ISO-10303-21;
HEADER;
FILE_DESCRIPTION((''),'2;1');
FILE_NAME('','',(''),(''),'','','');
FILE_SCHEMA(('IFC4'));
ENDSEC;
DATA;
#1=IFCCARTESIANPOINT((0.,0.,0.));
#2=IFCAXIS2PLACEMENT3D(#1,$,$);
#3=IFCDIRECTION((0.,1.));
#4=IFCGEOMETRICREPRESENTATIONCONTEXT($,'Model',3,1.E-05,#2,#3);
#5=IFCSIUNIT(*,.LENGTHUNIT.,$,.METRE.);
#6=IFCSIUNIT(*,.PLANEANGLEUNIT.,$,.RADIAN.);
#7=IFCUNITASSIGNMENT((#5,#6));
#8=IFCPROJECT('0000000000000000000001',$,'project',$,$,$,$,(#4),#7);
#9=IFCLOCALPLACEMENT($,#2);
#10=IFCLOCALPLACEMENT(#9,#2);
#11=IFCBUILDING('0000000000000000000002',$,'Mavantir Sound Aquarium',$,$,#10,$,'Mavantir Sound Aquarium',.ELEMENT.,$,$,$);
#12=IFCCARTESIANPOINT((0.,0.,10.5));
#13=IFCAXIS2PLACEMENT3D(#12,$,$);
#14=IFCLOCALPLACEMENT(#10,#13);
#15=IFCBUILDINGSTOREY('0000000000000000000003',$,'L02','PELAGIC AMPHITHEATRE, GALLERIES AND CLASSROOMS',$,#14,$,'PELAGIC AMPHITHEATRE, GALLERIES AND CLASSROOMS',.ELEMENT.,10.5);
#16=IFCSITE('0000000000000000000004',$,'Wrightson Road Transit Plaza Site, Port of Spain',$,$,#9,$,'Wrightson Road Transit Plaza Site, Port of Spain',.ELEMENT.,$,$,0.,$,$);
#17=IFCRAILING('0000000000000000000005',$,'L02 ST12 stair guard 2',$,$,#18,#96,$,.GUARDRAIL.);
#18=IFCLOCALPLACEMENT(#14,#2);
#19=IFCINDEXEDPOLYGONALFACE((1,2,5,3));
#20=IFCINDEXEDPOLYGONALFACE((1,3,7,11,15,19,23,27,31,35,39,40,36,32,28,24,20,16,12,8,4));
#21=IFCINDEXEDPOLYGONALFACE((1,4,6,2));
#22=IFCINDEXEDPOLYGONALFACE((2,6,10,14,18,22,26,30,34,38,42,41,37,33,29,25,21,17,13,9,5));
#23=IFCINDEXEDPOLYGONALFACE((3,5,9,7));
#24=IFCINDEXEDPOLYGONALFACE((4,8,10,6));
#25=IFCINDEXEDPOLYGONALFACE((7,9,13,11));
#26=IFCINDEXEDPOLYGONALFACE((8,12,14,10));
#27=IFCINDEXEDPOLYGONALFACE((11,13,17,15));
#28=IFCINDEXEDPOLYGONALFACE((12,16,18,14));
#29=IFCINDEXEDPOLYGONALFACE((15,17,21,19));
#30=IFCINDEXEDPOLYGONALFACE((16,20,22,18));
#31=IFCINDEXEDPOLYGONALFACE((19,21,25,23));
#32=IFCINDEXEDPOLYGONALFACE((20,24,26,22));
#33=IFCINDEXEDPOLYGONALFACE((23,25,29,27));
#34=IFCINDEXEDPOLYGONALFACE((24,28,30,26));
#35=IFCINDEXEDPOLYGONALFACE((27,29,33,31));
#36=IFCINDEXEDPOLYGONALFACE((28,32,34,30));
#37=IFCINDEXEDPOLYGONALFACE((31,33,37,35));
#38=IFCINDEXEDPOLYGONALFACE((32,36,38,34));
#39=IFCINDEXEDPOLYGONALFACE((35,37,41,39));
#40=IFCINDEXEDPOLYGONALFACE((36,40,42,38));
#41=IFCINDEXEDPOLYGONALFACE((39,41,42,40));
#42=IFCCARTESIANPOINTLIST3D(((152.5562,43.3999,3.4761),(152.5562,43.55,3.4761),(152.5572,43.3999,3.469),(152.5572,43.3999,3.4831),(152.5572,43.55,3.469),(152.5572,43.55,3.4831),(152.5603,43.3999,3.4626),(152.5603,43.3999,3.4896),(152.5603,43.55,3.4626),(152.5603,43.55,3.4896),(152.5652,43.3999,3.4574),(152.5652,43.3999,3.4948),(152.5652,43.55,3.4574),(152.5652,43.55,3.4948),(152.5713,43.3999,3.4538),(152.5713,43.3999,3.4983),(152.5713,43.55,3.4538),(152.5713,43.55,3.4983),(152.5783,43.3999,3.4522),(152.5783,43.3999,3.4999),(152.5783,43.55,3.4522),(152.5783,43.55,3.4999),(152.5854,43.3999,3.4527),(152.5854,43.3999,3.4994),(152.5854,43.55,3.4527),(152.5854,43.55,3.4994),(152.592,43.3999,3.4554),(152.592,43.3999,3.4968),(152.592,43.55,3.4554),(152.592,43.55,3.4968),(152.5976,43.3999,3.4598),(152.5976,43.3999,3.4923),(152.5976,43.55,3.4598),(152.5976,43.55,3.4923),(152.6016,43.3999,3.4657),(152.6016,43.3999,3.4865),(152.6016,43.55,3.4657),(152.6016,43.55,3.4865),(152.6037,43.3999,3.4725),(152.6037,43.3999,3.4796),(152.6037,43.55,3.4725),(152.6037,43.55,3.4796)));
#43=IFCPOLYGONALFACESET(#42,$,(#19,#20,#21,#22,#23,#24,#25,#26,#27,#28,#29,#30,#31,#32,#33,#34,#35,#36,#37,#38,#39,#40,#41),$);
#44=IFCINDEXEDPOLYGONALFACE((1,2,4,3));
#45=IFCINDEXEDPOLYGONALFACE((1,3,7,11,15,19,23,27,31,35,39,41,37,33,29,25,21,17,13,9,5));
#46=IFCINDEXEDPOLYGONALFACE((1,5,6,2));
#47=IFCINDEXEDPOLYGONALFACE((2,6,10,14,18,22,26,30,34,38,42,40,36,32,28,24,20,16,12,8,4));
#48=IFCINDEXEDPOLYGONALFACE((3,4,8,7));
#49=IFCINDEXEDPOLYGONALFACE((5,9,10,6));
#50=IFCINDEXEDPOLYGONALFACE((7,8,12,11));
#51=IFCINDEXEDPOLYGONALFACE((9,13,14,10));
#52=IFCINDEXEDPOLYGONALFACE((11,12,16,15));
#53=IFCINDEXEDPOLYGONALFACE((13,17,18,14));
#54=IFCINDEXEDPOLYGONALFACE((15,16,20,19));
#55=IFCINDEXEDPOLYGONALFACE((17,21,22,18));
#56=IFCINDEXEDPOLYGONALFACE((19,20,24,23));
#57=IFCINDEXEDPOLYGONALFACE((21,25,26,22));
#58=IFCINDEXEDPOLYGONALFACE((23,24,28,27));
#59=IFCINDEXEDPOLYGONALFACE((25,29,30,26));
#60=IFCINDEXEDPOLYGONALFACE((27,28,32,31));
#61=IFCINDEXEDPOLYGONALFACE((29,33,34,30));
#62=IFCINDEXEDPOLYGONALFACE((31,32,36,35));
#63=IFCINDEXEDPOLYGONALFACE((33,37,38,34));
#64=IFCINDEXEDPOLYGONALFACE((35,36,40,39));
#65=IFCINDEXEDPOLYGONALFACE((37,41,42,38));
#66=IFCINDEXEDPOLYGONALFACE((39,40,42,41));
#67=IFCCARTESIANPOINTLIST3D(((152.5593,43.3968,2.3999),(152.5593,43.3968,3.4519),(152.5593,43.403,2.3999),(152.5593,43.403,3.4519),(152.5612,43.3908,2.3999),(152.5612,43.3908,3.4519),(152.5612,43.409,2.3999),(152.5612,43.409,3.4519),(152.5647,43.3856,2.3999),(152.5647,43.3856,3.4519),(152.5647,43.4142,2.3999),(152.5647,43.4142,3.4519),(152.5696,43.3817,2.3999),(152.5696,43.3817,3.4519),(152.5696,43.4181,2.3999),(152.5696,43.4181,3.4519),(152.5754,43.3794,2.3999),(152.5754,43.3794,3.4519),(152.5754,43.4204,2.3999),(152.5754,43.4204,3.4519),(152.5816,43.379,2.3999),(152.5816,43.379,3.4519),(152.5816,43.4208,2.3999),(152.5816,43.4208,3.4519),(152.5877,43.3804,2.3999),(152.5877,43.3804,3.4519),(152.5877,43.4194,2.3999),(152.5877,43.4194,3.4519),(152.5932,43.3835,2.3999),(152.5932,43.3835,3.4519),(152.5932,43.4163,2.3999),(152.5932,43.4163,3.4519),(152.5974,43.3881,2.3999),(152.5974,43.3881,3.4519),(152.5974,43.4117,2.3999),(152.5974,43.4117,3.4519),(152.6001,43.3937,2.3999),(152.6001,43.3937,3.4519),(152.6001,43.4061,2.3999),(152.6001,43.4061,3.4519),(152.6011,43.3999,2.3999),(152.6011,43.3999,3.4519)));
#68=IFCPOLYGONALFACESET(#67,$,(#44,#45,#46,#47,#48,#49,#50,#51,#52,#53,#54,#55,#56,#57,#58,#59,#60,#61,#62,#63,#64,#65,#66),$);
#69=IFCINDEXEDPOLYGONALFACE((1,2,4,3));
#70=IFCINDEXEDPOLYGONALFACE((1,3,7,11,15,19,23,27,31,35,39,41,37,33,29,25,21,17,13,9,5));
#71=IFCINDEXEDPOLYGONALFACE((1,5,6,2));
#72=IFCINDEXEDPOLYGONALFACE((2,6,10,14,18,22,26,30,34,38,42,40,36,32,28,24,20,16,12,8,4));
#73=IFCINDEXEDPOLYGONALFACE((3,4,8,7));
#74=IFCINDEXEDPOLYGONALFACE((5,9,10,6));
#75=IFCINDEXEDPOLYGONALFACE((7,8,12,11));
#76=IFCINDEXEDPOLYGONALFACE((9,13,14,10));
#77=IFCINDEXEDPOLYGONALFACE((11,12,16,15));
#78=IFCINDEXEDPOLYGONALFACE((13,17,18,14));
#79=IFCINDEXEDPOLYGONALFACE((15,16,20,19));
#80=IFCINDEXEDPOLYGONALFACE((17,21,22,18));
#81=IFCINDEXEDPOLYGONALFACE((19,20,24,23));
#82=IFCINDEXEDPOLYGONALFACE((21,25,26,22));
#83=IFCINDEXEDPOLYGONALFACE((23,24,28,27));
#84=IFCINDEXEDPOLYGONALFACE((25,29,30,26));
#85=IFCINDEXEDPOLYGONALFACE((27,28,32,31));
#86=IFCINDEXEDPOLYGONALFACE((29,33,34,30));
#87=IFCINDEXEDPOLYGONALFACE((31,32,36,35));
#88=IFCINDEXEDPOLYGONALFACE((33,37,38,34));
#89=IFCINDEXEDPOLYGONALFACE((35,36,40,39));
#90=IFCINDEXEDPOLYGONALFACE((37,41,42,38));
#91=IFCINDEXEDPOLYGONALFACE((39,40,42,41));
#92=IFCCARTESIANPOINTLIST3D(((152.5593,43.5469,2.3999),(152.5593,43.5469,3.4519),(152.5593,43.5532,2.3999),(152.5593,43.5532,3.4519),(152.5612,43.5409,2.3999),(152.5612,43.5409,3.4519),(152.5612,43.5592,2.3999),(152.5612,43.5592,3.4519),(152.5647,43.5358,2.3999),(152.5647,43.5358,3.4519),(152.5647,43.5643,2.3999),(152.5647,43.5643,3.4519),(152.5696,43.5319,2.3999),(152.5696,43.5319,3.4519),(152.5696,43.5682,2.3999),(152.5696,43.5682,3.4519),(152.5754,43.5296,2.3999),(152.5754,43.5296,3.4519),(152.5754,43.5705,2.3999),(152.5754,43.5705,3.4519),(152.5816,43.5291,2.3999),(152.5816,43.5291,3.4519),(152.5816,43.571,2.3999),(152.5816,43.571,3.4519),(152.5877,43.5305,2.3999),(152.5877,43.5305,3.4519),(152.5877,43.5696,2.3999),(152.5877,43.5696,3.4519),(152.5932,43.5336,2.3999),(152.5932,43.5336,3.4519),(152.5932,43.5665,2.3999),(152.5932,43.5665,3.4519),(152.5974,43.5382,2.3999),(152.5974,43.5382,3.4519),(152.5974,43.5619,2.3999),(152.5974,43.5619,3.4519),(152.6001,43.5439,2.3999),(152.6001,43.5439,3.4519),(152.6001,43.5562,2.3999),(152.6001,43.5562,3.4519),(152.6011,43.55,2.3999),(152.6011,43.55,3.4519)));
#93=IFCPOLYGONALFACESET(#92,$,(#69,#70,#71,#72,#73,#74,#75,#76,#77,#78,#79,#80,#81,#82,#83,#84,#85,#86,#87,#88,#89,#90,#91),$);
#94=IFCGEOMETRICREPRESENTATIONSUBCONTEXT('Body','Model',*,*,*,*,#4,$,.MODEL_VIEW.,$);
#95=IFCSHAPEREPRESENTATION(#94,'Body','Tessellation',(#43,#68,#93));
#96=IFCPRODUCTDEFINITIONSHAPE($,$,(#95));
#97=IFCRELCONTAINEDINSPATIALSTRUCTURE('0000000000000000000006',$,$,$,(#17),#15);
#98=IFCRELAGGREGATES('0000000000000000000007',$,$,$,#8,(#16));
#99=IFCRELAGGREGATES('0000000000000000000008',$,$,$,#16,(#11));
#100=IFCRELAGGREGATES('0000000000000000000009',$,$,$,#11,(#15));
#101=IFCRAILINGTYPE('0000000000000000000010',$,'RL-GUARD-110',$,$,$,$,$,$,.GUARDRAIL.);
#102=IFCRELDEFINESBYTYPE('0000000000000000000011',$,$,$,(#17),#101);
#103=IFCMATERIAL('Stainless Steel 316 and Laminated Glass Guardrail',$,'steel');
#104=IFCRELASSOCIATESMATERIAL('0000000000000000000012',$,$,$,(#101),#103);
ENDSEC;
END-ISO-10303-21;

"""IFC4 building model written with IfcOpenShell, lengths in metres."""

from ifc_helpers import new_model, si_unit, direction, frame, origin, origin_2d, place, context, subcontext, project, spatial, circle, extrude, material, type_object, element, save


model = new_model("IFC4")

# Units and contexts
model_context = context("Model", 3, precision=1e-05, world=origin(), true_north=direction((0.0, 1.0)))
body_context = subcontext(model_context, "Body", "Model", "MODEL_VIEW")
ifc_project = project(units=[si_unit("LENGTHUNIT", "METRE"), si_unit("PLANEANGLEUNIT", "RADIAN")], contexts=[model_context])

# Site, building, storey
site_placement = place(None, origin())
site = spatial("IfcSite", under=ifc_project, at=site_placement, Name="Wrightson Road Transit Plaza Site, Port of Spain", LongName="Wrightson Road Transit Plaza Site, Port of Spain", CompositionType="ELEMENT", RefElevation=0.0)
building_placement = place(site_placement, origin())
building = spatial("IfcBuilding", under=site, at=building_placement, Name="Mavantir Sound Aquarium", LongName="Mavantir Sound Aquarium", CompositionType="ELEMENT")
storey_placement = place(building_placement, frame((0.0, 0.0, 10.5)))
storey = spatial("IfcBuildingStorey", under=building, at=storey_placement, Name="L02", Description="PELAGIC AMPHITHEATRE, GALLERIES AND CLASSROOMS", LongName="PELAGIC AMPHITHEATRE, GALLERIES AND CLASSROOMS", CompositionType="ELEMENT", Elevation=10.5)

# Railing
ifc_material_1 = material(Name="Stainless Steel 316 and Laminated Glass Guardrail", Category="steel")
railing_type_1 = type_object("IfcRailingType", Name="RL-GUARD-110", PredefinedType="GUARDRAIL", material=ifc_material_1)
railing_1_placement = place(storey_placement, frame((152.5801, 43.3999, 2.3999)))
element("IfcRailing", 1, at=railing_1_placement, inside=storey, type_object=railing_type_1, Name="L02 ST12 stair guard 2", PredefinedType="GUARDRAIL", context=body_context, shape_type="SweptSolid", body=[
    extrude(circle(Radius=0.0239, at=origin_2d()), frame((0.0, 0.0, 1.0762), z_axis=(0.0, 1.0, 0.0), x_axis=(-1.0, 0.0, 0.0)), (0.0, 0.0, 1.0), 0.1501),
    extrude(circle(Radius=0.021, at=origin_2d()), origin(), (0.0, 0.0, 1.0), 1.052),
    extrude(circle(Radius=0.021, at=origin_2d()), frame((0.0, 0.1501, 0.0)), (0.0, 0.0, 1.0), 1.052),
])

save(model, "model.ifc")
